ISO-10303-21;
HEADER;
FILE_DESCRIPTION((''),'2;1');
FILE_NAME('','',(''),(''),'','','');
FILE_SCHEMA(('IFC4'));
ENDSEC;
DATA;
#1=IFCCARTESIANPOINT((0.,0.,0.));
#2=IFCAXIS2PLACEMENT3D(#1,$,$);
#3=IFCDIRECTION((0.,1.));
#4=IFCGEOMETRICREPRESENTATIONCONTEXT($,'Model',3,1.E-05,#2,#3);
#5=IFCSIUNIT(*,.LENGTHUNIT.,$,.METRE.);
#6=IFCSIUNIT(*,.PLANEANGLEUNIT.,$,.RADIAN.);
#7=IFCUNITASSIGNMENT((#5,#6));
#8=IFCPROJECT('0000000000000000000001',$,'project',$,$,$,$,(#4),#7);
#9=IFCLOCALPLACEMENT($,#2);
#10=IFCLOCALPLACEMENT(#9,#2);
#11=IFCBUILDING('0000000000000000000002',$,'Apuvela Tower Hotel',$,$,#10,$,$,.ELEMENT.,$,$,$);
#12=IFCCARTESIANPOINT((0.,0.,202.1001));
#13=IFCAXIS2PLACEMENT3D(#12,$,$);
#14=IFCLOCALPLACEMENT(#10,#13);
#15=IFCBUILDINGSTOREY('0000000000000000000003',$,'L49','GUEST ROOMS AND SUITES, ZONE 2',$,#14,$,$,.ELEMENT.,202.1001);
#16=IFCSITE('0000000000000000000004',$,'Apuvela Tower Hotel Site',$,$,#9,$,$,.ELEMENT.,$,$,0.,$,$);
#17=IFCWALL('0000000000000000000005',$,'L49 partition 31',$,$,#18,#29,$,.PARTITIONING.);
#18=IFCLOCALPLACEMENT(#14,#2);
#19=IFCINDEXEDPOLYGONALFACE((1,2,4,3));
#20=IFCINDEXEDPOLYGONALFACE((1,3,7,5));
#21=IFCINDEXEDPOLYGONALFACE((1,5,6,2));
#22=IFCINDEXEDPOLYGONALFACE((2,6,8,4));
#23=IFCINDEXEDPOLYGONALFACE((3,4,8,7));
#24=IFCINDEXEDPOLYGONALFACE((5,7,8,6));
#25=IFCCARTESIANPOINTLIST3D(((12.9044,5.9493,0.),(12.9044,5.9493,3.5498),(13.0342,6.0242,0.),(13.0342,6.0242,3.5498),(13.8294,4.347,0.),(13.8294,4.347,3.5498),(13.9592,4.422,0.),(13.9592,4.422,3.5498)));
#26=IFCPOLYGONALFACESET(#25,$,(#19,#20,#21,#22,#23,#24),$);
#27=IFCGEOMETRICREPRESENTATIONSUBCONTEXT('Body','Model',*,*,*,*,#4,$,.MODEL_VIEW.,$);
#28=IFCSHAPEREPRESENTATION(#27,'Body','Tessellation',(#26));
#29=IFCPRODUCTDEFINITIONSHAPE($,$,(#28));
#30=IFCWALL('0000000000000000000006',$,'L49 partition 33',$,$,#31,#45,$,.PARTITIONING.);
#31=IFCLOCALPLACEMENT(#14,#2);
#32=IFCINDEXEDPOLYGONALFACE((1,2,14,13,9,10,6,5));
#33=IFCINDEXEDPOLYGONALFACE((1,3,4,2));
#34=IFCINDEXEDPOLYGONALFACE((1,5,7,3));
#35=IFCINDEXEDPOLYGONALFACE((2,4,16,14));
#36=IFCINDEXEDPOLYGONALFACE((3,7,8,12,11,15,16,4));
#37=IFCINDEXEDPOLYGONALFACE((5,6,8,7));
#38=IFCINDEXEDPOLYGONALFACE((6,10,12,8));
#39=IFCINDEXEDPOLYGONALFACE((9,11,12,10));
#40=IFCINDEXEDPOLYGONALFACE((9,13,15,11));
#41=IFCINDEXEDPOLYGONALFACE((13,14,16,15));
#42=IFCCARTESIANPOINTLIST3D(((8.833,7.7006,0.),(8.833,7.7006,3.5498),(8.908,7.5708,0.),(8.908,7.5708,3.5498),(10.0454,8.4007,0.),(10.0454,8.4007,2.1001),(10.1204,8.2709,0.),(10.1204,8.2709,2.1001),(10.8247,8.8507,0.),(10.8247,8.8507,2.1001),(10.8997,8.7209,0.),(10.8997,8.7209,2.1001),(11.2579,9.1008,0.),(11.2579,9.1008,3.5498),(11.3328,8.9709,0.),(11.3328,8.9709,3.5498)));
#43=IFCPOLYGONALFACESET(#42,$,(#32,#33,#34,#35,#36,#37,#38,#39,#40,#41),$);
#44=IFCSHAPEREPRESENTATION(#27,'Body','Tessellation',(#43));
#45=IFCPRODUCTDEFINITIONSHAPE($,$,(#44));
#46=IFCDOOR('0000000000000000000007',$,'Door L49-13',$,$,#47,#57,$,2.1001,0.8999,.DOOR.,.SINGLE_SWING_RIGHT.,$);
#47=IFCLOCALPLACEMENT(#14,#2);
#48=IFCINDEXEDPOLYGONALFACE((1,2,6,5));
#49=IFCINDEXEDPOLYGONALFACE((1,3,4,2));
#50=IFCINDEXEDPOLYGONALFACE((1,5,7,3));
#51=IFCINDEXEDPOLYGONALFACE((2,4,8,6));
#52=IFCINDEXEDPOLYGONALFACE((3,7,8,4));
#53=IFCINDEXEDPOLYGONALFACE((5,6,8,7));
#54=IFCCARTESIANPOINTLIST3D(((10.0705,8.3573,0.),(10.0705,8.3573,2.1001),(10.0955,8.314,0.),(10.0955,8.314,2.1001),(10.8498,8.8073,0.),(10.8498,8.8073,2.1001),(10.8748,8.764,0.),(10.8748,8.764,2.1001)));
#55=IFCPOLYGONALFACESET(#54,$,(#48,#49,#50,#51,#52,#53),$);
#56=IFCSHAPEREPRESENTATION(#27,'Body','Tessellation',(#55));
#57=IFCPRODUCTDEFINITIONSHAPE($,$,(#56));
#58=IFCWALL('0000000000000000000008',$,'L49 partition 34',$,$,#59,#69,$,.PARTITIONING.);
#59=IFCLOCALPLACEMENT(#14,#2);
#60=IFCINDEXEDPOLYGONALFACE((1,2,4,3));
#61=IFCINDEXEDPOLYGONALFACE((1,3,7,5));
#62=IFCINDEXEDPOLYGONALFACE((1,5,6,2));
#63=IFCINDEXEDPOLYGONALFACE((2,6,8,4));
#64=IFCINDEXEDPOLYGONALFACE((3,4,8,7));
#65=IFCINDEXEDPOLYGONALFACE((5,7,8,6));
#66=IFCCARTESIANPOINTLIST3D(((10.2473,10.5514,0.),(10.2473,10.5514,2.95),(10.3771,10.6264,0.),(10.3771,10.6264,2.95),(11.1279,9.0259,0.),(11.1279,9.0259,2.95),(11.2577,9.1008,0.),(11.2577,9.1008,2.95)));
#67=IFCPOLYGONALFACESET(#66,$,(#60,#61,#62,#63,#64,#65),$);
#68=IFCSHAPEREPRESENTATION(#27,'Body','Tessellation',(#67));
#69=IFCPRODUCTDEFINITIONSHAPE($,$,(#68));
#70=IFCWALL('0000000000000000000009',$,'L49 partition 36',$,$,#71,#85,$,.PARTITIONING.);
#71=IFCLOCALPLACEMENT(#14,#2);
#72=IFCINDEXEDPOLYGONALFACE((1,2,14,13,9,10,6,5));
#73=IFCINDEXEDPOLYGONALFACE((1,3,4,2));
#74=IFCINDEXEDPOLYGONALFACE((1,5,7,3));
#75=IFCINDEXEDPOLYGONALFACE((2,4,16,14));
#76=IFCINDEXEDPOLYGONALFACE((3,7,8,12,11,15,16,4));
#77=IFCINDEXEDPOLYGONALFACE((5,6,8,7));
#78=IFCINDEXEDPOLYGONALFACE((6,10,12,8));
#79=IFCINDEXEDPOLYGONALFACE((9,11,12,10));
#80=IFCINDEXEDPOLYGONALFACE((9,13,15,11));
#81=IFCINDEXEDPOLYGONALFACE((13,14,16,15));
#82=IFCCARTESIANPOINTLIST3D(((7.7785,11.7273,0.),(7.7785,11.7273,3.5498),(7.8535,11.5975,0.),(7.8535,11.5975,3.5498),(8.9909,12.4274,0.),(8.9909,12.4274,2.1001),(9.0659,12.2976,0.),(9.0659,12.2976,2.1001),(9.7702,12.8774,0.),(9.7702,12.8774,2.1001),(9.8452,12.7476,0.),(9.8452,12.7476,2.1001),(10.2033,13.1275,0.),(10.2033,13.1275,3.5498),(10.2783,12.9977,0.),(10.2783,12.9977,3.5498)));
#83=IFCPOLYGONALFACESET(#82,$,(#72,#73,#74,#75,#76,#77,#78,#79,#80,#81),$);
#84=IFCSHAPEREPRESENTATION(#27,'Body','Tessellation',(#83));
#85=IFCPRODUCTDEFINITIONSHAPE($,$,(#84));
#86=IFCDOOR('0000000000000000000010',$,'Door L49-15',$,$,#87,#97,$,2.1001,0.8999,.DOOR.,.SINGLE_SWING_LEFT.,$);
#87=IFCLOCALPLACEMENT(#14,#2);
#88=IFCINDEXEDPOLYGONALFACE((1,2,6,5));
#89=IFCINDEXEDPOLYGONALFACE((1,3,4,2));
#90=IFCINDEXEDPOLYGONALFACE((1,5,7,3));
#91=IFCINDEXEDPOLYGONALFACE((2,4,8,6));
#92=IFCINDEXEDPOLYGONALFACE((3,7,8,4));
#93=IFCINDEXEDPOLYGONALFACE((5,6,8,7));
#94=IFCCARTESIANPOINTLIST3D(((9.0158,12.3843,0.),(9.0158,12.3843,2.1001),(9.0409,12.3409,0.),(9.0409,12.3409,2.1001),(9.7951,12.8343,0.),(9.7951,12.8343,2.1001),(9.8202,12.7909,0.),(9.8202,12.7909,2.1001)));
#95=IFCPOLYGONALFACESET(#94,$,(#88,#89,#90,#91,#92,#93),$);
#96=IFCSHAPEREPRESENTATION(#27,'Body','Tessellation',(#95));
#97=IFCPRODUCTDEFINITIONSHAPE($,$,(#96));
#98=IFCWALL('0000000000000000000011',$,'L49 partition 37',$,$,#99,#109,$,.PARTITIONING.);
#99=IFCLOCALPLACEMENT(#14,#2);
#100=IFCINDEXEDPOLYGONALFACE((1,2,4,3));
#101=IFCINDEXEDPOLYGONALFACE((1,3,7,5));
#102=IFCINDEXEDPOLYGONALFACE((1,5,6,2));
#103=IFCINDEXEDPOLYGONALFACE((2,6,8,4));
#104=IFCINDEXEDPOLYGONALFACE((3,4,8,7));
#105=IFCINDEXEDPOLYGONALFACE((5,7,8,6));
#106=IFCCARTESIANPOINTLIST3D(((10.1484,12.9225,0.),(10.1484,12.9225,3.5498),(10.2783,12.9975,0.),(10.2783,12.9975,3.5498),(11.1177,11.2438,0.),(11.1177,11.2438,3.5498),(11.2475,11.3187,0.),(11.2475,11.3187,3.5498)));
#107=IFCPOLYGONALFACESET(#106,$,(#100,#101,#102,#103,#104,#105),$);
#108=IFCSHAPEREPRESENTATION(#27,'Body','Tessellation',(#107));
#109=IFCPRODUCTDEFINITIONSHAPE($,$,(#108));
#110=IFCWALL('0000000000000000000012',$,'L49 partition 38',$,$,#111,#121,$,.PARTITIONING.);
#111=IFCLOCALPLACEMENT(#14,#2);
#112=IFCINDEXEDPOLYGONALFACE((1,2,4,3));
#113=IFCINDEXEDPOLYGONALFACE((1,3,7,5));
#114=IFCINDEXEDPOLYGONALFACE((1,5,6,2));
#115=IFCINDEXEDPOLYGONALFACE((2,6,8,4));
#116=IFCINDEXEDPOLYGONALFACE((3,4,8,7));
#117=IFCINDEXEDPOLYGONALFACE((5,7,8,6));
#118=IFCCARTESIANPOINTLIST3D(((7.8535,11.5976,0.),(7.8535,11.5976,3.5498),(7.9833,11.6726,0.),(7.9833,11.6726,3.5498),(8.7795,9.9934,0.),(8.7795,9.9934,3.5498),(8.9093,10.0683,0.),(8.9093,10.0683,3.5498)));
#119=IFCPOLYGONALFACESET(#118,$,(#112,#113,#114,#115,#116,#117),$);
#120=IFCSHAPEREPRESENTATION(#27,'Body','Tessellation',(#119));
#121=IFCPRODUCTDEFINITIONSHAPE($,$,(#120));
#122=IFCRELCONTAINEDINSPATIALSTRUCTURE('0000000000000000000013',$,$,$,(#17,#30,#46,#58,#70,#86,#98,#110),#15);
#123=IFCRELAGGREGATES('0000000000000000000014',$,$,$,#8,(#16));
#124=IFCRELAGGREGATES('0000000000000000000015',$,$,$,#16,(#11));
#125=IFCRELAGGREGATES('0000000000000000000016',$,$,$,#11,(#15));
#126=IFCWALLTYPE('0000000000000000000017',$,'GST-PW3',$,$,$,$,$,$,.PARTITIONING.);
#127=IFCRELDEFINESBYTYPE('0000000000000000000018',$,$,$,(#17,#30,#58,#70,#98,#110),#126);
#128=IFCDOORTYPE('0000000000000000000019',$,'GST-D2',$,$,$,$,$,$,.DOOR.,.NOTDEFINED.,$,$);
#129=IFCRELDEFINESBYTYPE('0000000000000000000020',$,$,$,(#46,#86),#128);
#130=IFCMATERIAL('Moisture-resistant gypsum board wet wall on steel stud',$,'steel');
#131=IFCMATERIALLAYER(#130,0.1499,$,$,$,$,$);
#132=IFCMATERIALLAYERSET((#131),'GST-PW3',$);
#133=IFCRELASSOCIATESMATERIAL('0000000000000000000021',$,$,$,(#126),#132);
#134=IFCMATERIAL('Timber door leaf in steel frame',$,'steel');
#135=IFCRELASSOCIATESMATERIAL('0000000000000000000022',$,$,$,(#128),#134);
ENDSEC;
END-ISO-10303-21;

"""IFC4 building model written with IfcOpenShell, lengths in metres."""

from ifc_helpers import new_model, si_unit, direction, frame, frame_2d, origin, place, context, subcontext, project, spatial, rectangle, extrude, material, layer, layer_set, type_object, element, fill, save


model = new_model("IFC4")

# Units and contexts
model_context = context("Model", 3, precision=1e-05, world=origin(), true_north=direction((0.0, 1.0)))
body_context = subcontext(model_context, "Body", "Model", "MODEL_VIEW")
ifc_project = project(units=[si_unit("LENGTHUNIT", "METRE"), si_unit("PLANEANGLEUNIT", "RADIAN")], contexts=[model_context])

# Site, building, storey
site_placement = place(None, origin())
site = spatial("IfcSite", under=ifc_project, at=site_placement, Name="Apuvela Tower Hotel Site", CompositionType="ELEMENT", RefElevation=0.0)
building_placement = place(site_placement, origin())
building = spatial("IfcBuilding", under=site, at=building_placement, Name="Apuvela Tower Hotel", CompositionType="ELEMENT")
storey_placement = place(building_placement, frame((0.0, 0.0, 202.1001)))
storey = spatial("IfcBuildingStorey", under=building, at=storey_placement, Name="L49", Description="GUEST ROOMS AND SUITES, ZONE 2", CompositionType="ELEMENT", Elevation=202.1001)

# Shared definitions
ifc_material_1 = material(Name="Timber door leaf in steel frame", Category="steel")

# Shared definitions
ifc_material_2 = material(Name="Moisture-resistant gypsum board wet wall on steel stud", Category="steel")
ifc_layer_1 = layer(ifc_material_2, 0.1499)
ifc_layer_set_1 = layer_set([ifc_layer_1], Name="GST-PW3")
wall_type_1 = type_object("IfcWallType", Name="GST-PW3", PredefinedType="PARTITIONING", material=ifc_layer_set_1)

# Shared definitions
door_type_1 = type_object("IfcDoorType", Name="GST-D2", OperationType="NOTDEFINED", PredefinedType="DOOR", material=ifc_material_1)

# Wall
wall_1_placement = place(storey_placement, frame((13.8943, 4.3845, 0.0), z_axis=(0.0, 0.0, 1.0), x_axis=(-0.499985, 0.866034, 0.0)))
element("IfcWall", 1, at=wall_1_placement, inside=storey, type_object=wall_type_1, Name="L49 partition 31", PredefinedType="PARTITIONING", context=body_context, shape_type="SweptSolid", body=[
    extrude(rectangle(XDim=1.8501, YDim=0.1499, at=frame_2d((0.925, 0.0))), origin(), (0.0, 0.0, 1.0), 3.5498),
])

# Wall, opening, door
wall_2_placement = place(storey_placement, frame((8.8706, 7.6357, 0.0), z_axis=(0.0, 0.0, 1.0), x_axis=(0.865997, 0.50005, 0.0)))
wall_2 = element("IfcWall", 2, at=wall_2_placement, inside=storey, type_object=wall_type_1, Name="L49 partition 33", PredefinedType="PARTITIONING", context=body_context, shape_type="SweptSolid", body=[
    extrude(rectangle(XDim=2.8, YDim=0.1499, at=frame_2d((1.3999, 0.0))), origin(), (0.0, 0.0, 1.0), 3.5498),
])
opening_1_placement = place(wall_2_placement, frame((1.3999, 0.0, 0.0)))
opening_1 = element("IfcOpeningElement", 3, at=opening_1_placement, cuts=wall_2, PredefinedType="OPENING", context=body_context, shape_type="SweptSolid", body=[
    extrude(rectangle(XDim=0.8999, YDim=2.1001, at=frame_2d((0.45, 1.05))), frame((0.0, 0.085, 0.0), z_axis=(0.0, -1.0, 0.0), x_axis=(1.0, 0.0, 0.0)), (0.0, 0.0, 1.0), 0.1699),
])
door_1_placement = place(opening_1_placement, origin())
door_1 = element("IfcDoor", 4, at=door_1_placement, inside=storey, type_object=door_type_1, Name="Door L49-13", OperationType="SINGLE_SWING_RIGHT", OverallHeight=2.1001, OverallWidth=0.8999, PredefinedType="DOOR", context=body_context, shape_type="SweptSolid", body=[
    extrude(rectangle(XDim=0.8999, YDim=2.1001, at=frame_2d((0.45, 1.05))), frame((0.0, 0.0249, 0.0), z_axis=(0.0, -1.0, 0.0), x_axis=(1.0, 0.0, 0.0)), (0.0, 0.0, 1.0), 0.05),
])
fill(opening_1, door_1)

# Wall
wall_3_placement = place(storey_placement, frame((11.1929, 9.0632, 0.0), z_axis=(0.0, 0.0, 1.0), x_axis=(-0.49991, 0.866077, 0.0)))
element("IfcWall", 5, at=wall_3_placement, inside=storey, type_object=wall_type_1, Name="L49 partition 34", PredefinedType="PARTITIONING", context=body_context, shape_type="SweptSolid", body=[
    extrude(rectangle(XDim=1.7615, YDim=0.1499, at=frame_2d((0.8809, 0.0))), origin(), (0.0, 0.0, 1.0), 2.95),
])

# Wall, opening, door
wall_4_placement = place(storey_placement, frame((10.2407, 13.0625, 0.0), z_axis=(0.0, 0.0, 1.0), x_axis=(-0.865997, -0.50005, 0.0)))
wall_4 = element("IfcWall", 6, at=wall_4_placement, inside=storey, type_object=wall_type_1, Name="L49 partition 36", PredefinedType="PARTITIONING", context=body_context, shape_type="SweptSolid", body=[
    extrude(rectangle(XDim=2.8, YDim=0.1499, at=frame_2d((1.3999, 0.0))), origin(), (0.0, 0.0, 1.0), 3.5498),
])
opening_2_placement = place(wall_4_placement, frame((0.5, 0.0, 0.0)))
opening_2 = element("IfcOpeningElement", 7, at=opening_2_placement, cuts=wall_4, PredefinedType="OPENING", context=body_context, shape_type="SweptSolid", body=[
    extrude(rectangle(XDim=0.8999, YDim=2.1001, at=frame_2d((0.45, 1.05))), frame((0.0, 0.085, 0.0), z_axis=(0.0, -1.0, 0.0), x_axis=(1.0, 0.0, 0.0)), (0.0, 0.0, 1.0), 0.1699),
])
door_2_placement = place(opening_2_placement, origin())
door_2 = element("IfcDoor", 8, at=door_2_placement, inside=storey, type_object=door_type_1, Name="Door L49-15", OperationType="SINGLE_SWING_LEFT", OverallHeight=2.1001, OverallWidth=0.8999, PredefinedType="DOOR", context=body_context, shape_type="SweptSolid", body=[
    extrude(rectangle(XDim=0.8999, YDim=2.1001, at=frame_2d((0.45, 1.05))), frame((0.0, 0.0249, 0.0), z_axis=(0.0, -1.0, 0.0), x_axis=(1.0, 0.0, 0.0)), (0.0, 0.0, 1.0), 0.05),
])
fill(opening_2, door_2)

# Walls
wall_5_placement = place(storey_placement, frame((11.1826, 11.2812, 0.0), z_axis=(0.0, 0.0, 1.0), x_axis=(-0.500013, 0.866018, 0.0)))
element("IfcWall", 9, at=wall_5_placement, inside=storey, type_object=wall_type_1, Name="L49 partition 37", PredefinedType="PARTITIONING", context=body_context, shape_type="SweptSolid", body=[
    extrude(rectangle(XDim=1.9385, YDim=0.1499, at=frame_2d((0.9692, 0.0))), origin(), (0.0, 0.0, 1.0), 3.5498),
])
wall_6_placement = place(storey_placement, frame((8.8445, 10.0308, 0.0), z_axis=(0.0, 0.0, 1.0), x_axis=(-0.499924, 0.866069, 0.0)))
element("IfcWall", 10, at=wall_6_placement, inside=storey, type_object=wall_type_1, Name="L49 partition 38", PredefinedType="PARTITIONING", context=body_context, shape_type="SweptSolid", body=[
    extrude(rectangle(XDim=1.8523, YDim=0.1499, at=frame_2d((0.9263, 0.0))), origin(), (0.0, 0.0, 1.0), 3.5498),
])

save(model, "model.ifc")
